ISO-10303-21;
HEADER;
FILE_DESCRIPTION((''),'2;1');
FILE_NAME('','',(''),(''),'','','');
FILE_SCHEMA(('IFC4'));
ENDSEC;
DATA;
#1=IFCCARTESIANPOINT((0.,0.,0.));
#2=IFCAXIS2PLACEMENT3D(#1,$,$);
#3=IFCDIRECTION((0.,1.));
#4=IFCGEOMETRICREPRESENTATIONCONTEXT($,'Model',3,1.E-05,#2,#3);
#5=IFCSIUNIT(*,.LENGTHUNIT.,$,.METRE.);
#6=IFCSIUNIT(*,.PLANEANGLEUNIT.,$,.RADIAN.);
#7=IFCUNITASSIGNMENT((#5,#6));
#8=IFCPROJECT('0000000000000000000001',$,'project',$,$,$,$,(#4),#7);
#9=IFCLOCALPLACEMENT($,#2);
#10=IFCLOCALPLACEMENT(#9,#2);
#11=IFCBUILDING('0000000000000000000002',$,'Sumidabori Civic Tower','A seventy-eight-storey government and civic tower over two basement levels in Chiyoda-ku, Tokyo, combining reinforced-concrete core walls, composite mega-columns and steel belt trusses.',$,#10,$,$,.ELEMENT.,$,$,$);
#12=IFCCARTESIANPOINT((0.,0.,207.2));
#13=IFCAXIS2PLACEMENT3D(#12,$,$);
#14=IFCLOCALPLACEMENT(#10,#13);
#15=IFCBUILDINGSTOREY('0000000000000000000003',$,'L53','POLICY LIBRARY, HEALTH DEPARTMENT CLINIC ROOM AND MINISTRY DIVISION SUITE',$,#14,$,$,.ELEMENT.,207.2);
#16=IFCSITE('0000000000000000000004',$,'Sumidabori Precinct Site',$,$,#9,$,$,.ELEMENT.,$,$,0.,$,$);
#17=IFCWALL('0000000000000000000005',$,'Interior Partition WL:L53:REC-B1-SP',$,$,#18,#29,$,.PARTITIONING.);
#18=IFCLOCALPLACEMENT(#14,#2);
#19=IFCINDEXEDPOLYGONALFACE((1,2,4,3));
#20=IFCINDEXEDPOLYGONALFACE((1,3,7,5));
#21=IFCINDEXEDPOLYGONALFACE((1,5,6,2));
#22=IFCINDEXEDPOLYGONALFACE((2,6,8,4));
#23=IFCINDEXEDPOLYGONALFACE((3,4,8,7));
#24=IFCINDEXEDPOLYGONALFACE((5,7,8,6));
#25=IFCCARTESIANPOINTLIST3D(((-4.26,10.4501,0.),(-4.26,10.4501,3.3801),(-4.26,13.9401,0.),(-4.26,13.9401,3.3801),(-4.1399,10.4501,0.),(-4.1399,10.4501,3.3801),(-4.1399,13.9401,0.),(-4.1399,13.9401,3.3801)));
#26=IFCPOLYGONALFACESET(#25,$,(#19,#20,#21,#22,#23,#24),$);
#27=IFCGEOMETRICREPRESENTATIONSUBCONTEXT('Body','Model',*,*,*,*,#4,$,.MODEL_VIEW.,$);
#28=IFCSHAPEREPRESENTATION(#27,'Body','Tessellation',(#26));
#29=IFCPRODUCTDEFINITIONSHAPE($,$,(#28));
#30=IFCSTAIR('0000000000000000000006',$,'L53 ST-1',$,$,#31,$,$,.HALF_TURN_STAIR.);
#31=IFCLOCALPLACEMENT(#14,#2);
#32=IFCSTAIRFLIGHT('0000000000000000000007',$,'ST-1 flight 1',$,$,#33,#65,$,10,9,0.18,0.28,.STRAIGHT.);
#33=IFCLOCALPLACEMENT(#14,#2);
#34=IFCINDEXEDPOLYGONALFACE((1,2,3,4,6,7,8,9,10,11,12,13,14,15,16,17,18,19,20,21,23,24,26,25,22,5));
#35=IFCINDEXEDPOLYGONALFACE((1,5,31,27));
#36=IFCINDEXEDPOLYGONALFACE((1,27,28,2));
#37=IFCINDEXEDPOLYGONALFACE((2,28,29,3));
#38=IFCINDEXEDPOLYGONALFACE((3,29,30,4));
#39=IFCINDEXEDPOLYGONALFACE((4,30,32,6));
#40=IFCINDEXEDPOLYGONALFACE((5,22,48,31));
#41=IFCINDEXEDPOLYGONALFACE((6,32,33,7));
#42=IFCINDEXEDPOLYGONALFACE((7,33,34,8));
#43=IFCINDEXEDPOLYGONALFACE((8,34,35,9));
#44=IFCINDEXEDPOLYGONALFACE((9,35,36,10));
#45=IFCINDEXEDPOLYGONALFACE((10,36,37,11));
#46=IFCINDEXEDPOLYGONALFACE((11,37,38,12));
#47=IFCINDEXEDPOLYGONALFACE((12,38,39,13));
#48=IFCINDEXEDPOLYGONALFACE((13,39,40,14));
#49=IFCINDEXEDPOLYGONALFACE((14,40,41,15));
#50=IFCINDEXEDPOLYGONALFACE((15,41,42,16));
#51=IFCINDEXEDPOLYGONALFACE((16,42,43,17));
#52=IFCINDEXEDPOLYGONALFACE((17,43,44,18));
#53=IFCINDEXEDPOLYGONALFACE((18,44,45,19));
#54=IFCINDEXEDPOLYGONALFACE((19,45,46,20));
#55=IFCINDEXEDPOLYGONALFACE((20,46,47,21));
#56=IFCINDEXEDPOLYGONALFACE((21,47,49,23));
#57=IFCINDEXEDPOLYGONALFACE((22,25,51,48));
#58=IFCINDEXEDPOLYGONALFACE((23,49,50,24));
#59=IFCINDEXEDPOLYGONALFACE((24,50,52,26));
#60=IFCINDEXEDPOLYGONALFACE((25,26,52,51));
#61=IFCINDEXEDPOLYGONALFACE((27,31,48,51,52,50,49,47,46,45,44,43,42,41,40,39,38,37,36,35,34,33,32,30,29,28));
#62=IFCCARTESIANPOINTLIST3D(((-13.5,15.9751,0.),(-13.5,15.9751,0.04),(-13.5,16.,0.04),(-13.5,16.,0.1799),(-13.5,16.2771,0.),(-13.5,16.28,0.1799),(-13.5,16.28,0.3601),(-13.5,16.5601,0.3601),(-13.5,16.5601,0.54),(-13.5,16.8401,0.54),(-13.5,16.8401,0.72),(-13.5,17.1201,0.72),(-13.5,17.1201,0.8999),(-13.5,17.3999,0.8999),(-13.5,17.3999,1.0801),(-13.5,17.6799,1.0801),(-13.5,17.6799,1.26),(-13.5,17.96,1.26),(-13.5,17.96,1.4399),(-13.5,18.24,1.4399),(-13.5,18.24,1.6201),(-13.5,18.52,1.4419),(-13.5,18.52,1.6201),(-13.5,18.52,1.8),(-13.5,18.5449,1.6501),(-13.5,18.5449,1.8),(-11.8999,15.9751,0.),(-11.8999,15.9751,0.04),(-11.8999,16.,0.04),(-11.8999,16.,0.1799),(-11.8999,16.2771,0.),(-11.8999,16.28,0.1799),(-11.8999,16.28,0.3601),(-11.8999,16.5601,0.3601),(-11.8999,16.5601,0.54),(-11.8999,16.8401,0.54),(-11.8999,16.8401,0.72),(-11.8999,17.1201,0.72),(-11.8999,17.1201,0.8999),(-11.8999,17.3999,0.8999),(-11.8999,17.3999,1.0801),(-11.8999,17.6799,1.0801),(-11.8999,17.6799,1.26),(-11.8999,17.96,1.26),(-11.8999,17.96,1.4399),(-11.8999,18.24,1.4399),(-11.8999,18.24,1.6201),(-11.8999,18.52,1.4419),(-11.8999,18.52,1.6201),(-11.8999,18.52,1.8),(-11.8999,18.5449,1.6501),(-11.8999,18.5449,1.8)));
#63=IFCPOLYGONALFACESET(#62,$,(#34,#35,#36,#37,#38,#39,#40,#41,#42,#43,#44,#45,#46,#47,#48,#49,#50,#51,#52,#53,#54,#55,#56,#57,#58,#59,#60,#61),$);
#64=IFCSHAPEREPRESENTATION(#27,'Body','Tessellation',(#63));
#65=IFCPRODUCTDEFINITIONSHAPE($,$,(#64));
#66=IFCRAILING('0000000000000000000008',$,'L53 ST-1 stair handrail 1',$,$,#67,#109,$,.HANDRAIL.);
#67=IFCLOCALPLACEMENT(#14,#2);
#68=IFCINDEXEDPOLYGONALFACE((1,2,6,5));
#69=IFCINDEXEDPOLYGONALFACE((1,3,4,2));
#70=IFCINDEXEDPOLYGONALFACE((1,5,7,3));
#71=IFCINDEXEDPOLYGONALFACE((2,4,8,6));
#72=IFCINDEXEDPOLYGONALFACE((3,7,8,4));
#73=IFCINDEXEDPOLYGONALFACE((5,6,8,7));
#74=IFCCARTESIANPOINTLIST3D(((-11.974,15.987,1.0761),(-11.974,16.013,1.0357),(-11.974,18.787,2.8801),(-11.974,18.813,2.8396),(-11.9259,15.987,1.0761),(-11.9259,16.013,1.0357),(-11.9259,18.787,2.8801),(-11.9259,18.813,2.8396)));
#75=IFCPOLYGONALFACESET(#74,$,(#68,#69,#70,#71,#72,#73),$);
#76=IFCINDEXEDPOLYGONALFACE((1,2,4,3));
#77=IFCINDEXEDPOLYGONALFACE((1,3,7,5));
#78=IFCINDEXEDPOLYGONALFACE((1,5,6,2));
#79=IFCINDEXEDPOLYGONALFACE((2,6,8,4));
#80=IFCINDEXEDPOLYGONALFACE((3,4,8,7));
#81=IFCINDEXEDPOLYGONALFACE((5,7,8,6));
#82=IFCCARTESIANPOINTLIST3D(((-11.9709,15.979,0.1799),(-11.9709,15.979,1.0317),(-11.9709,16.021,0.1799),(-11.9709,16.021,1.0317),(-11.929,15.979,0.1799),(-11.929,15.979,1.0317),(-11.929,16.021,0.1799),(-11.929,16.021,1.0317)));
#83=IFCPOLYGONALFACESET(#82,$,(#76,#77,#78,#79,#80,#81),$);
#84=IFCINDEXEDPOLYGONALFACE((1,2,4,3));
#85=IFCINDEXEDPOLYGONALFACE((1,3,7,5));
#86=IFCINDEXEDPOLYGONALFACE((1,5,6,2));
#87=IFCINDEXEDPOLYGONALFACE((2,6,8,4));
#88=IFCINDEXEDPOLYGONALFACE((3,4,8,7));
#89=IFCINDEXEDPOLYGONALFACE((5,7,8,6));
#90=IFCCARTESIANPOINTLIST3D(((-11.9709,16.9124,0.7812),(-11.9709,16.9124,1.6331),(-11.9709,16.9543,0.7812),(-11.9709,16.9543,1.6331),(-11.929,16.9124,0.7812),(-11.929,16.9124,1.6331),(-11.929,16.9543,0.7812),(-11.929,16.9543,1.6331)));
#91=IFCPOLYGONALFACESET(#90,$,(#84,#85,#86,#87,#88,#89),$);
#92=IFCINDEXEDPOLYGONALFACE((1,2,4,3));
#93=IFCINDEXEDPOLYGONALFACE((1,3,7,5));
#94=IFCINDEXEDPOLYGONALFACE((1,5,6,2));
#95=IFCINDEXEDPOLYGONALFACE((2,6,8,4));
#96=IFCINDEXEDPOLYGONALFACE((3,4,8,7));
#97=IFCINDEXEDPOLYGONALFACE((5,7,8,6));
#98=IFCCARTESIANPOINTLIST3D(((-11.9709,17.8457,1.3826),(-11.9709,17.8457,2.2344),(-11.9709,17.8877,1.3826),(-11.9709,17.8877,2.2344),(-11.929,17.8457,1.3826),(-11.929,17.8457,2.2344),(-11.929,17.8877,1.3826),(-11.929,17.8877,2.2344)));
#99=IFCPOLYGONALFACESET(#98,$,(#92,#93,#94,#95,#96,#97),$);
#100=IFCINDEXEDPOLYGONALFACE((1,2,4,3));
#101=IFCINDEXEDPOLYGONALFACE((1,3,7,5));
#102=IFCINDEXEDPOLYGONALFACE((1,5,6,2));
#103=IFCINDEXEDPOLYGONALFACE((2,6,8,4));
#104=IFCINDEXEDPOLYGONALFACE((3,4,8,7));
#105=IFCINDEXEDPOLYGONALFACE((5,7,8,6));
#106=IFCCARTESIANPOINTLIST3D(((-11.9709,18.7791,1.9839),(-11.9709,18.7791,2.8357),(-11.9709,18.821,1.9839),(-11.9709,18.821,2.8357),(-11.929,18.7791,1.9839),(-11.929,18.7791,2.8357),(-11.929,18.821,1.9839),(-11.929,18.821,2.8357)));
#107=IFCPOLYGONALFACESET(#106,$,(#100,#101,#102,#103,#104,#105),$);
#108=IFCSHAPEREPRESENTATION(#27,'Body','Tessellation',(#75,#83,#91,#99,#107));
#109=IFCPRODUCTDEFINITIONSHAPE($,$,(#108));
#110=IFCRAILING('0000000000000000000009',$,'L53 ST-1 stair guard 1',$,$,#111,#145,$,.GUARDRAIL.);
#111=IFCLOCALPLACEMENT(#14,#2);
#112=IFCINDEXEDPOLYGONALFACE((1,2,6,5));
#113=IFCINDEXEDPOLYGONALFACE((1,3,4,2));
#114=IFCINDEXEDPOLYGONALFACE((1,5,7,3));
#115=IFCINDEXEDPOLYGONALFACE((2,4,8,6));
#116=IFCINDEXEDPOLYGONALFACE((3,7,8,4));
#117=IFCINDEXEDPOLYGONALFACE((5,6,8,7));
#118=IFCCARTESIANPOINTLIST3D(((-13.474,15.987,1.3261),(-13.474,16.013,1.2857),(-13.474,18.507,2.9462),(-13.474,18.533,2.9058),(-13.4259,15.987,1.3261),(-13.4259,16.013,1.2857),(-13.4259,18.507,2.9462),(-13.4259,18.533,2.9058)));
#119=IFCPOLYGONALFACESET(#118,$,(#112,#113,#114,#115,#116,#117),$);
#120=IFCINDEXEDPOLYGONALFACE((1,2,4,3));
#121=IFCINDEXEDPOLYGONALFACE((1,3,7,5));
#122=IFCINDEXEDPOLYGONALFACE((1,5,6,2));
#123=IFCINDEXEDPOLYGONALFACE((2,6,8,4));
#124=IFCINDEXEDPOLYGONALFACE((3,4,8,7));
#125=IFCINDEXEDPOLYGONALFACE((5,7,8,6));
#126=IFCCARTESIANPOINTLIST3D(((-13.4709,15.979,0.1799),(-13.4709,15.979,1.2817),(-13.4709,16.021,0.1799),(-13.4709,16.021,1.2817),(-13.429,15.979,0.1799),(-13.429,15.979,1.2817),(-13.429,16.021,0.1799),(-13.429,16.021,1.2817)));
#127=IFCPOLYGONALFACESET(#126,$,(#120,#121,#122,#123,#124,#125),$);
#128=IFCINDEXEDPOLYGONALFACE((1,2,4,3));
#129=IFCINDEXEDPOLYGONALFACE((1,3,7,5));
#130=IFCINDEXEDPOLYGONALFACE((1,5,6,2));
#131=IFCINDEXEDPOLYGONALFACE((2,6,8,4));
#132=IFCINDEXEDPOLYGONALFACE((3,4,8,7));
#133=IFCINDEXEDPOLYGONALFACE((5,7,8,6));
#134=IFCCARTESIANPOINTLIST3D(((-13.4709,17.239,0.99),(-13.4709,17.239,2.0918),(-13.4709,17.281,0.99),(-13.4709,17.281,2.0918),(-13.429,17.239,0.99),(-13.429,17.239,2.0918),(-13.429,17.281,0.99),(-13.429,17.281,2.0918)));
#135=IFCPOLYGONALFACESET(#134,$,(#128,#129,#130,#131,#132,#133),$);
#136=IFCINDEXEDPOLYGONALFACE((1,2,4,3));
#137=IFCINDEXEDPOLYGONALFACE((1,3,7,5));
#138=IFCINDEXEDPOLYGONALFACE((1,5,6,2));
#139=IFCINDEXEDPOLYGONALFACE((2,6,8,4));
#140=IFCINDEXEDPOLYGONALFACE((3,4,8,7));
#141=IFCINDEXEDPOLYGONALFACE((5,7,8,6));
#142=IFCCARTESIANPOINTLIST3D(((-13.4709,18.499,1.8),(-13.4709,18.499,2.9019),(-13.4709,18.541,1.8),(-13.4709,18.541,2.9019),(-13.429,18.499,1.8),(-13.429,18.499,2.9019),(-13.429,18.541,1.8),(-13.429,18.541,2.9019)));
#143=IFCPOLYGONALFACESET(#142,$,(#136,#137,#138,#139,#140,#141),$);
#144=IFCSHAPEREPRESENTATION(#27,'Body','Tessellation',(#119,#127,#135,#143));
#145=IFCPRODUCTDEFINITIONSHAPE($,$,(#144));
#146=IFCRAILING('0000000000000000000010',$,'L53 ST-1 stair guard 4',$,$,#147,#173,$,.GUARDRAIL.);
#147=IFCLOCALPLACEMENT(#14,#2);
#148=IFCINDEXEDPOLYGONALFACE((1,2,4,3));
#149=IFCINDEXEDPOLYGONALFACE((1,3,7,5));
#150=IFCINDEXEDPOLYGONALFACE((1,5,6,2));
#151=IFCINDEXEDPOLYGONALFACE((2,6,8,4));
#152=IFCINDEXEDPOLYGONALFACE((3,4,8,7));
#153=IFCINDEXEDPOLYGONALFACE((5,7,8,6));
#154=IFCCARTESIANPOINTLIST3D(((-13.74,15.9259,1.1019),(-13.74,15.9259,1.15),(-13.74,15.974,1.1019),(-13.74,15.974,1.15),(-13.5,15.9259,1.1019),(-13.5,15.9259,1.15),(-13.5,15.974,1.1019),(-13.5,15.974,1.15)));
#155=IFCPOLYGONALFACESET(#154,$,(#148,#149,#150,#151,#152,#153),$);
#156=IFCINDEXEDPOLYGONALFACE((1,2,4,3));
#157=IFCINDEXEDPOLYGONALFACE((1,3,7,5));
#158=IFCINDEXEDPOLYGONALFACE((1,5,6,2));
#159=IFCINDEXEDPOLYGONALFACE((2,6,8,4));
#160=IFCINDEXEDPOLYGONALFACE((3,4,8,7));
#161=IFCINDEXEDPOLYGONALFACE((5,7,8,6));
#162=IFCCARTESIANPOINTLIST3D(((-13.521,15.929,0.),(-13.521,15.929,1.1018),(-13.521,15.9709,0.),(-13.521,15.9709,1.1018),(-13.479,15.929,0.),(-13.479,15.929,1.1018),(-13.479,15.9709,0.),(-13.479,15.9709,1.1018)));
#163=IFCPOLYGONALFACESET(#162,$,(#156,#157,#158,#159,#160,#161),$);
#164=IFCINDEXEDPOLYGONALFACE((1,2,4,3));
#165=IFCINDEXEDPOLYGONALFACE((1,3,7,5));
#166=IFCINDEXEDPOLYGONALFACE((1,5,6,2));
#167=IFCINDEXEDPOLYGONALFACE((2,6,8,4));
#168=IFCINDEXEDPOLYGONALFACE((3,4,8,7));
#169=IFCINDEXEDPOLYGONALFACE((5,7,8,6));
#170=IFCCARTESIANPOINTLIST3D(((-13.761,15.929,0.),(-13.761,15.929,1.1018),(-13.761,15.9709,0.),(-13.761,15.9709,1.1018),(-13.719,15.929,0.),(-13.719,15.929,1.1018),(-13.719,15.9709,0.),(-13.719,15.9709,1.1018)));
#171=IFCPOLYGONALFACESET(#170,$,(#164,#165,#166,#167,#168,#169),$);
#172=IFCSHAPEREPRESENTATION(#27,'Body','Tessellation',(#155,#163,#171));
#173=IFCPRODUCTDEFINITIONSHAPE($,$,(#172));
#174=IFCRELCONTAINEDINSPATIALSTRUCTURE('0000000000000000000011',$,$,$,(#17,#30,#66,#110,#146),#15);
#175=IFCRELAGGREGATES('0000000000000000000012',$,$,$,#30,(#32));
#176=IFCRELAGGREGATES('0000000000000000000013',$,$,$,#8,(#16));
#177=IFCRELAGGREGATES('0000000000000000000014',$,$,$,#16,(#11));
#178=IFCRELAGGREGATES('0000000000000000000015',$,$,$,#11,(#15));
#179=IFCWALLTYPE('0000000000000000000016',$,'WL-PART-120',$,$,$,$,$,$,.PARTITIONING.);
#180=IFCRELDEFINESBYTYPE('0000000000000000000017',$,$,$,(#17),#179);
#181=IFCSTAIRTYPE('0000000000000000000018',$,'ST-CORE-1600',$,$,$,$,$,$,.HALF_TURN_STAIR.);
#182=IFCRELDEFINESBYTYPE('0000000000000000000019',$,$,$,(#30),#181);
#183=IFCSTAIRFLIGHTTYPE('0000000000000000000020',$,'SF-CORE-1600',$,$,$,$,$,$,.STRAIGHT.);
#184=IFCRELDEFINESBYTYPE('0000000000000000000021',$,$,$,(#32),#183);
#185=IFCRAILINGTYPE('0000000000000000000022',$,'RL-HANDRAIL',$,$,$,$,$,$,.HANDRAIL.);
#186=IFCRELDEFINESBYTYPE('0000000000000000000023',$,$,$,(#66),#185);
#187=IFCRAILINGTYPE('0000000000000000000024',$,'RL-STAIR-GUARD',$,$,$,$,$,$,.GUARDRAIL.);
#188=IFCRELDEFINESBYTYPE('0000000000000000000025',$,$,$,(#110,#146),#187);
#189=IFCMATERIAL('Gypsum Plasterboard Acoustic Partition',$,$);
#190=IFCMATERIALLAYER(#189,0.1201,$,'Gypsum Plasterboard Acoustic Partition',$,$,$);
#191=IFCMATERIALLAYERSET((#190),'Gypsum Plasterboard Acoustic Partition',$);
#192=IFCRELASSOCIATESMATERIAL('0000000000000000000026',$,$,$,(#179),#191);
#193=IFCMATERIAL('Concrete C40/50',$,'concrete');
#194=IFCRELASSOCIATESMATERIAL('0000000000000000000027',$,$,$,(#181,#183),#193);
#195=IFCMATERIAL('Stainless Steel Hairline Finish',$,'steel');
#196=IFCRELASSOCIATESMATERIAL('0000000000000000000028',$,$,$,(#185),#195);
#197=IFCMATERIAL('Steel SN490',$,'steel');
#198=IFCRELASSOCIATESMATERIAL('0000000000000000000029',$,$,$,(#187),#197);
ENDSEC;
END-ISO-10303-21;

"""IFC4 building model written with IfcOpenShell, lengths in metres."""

from ifc_helpers import new_model, si_unit, direction, frame, frame_2d, origin, origin_2d, place, context, subcontext, project, spatial, polyline, rectangle, outline, extrude, source, transform, mapped, material, layer, layer_set, type_object, element, aggregate, save


model = new_model("IFC4")

# Units and contexts
model_context = context("Model", 3, precision=1e-05, world=origin(), true_north=direction((0.0, 1.0)))
body_context = subcontext(model_context, "Body", "Model", "MODEL_VIEW")
ifc_project = project(units=[si_unit("LENGTHUNIT", "METRE"), si_unit("PLANEANGLEUNIT", "RADIAN")], contexts=[model_context])

# Site, building, storey
site_placement = place(None, origin())
site = spatial("IfcSite", under=ifc_project, at=site_placement, Name="Sumidabori Precinct Site", CompositionType="ELEMENT", RefElevation=0.0)
building_placement = place(site_placement, origin())
building = spatial("IfcBuilding", under=site, at=building_placement, Name="Sumidabori Civic Tower", Description="A seventy-eight-storey government and civic tower over two basement levels in Chiyoda-ku, Tokyo, combining reinforced-concrete core walls, composite mega-columns and steel belt trusses.", CompositionType="ELEMENT")
storey_placement = place(building_placement, frame((0.0, 0.0, 207.2)))
storey = spatial("IfcBuildingStorey", under=building, at=storey_placement, Name="L53", Description="POLICY LIBRARY, HEALTH DEPARTMENT CLINIC ROOM AND MINISTRY DIVISION SUITE", CompositionType="ELEMENT", Elevation=207.2)

# Shared definitions
ifc_material_1 = material(Name="Stainless Steel Hairline Finish", Category="steel")

# Shared definitions
ifc_material_2 = material(Name="Steel SN490", Category="steel")

# Wall
ifc_material_3 = material(Name="Gypsum Plasterboard Acoustic Partition")
ifc_layer_1 = layer(ifc_material_3, 0.1201, Name="Gypsum Plasterboard Acoustic Partition")
ifc_layer_set_1 = layer_set([ifc_layer_1], Name="Gypsum Plasterboard Acoustic Partition")
wall_type_1 = type_object("IfcWallType", Name="WL-PART-120", PredefinedType="PARTITIONING", material=ifc_layer_set_1)
shared_shape_1 = source(origin(), body_context, "Body", "SweptSolid", [
    extrude(rectangle(XDim=3.49, YDim=0.1201, at=frame_2d((1.7451, 0.0))), origin(), (0.0, 0.0, 1.0), 3.3801),
])
wall_1_placement = place(storey_placement, frame((-4.2, 10.45, 0.0), z_axis=(0.0, 0.0, 1.0), x_axis=(0.0, 1.0, 0.0)))
element("IfcWall", 1, at=wall_1_placement, inside=storey, type_object=wall_type_1, Name="Interior Partition WL:L53:REC-B1-SP", PredefinedType="PARTITIONING", context=body_context, shape_type="MappedRepresentation", body=[
    mapped(shared_shape_1, transform((0.0, 0.0, 0.0), x_axis=(1.0, 0.0, 0.0), y_axis=(0.0, 1.0, 0.0), z_axis=(0.0, 0.0, 1.0), scale=1.0)),
])

# Stair, stair flight
ifc_material_4 = material(Name="Concrete C40/50", Category="concrete")
stair_type = type_object("IfcStairType", Name="ST-CORE-1600", PredefinedType="HALF_TURN_STAIR", material=ifc_material_4)
stair_placement = place(storey_placement, origin())
stair = element("IfcStair", 2, at=stair_placement, inside=storey, type_object=stair_type, Name="L53 ST-1", PredefinedType="HALF_TURN_STAIR")
stair_flight_type = type_object("IfcStairFlightType", Name="SF-CORE-1600", PredefinedType="STRAIGHT", material=ifc_material_4)
shared_shape_2 = source(origin(), body_context, "Body", "SweptSolid", [
    extrude(outline(polyline([(-0.0249, 0.0), (-0.0249, 0.04), (0.0, 0.04), (0.0, 0.1799), (0.28, 0.1799), (0.28, 0.3601), (0.5601, 0.3601), (0.5601, 0.54), (0.8401, 0.54), (0.8401, 0.72), (1.1201, 0.72), (1.1201, 0.8999), (1.3999, 0.8999), (1.3999, 1.0801), (1.6799, 1.0801), (1.6799, 1.26), (1.96, 1.26), (1.96, 1.4399), (2.24, 1.4399), (2.24, 1.6201), (2.52, 1.6201), (2.52, 1.8), (2.5449, 1.8), (2.5449, 1.6501), (2.52, 1.4419), (0.2771, 0.0), (-0.0249, 0.0)])), frame((0.0, 0.8, 0.0), z_axis=(0.0, -1.0, 0.0), x_axis=(1.0, 0.0, 0.0)), (0.0, 0.0, 1.0), 1.6001),
])
stair_flight_placement = place(storey_placement, frame((-12.7, 16.0, 0.0), z_axis=(0.0, 0.0, 1.0), x_axis=(0.0, 1.0, 0.0)))
stair_flight = element("IfcStairFlight", 3, at=stair_flight_placement, type_object=stair_flight_type, Name="ST-1 flight 1", NumberOfRisers=10, NumberOfTreads=9, PredefinedType="STRAIGHT", RiserHeight=0.18, TreadLength=0.28, context=body_context, shape_type="MappedRepresentation", body=[
    mapped(shared_shape_2, transform((0.0, 0.0, 0.0), x_axis=(1.0, 0.0, 0.0), y_axis=(0.0, 1.0, 0.0), z_axis=(0.0, 0.0, 1.0), scale=1.0)),
])
aggregate(stair, [stair_flight])

# Railings
railing_type_1 = type_object("IfcRailingType", Name="RL-HANDRAIL", PredefinedType="HANDRAIL", material=ifc_material_1)
railing_1_placement = place(storey_placement, frame((-11.95, 16.0, 0.1799)))
element("IfcRailing", 4, at=railing_1_placement, inside=storey, type_object=railing_type_1, Name="L53 ST-1 stair handrail 1", PredefinedType="HANDRAIL", context=body_context, shape_type="SweptSolid", body=[
    extrude(rectangle(XDim=0.0481, YDim=0.0481, at=origin_2d()), frame((0.0, 0.0, 0.876), z_axis=(0.0, 0.840642, 0.541591), x_axis=(-1.0, 0.0, 0.0)), (0.0, 0.0, 1.0), 3.3308),
    extrude(rectangle(XDim=0.042, YDim=0.042, at=origin_2d()), origin(), (0.0, 0.0, 1.0), 0.8518),
    extrude(rectangle(XDim=0.042, YDim=0.042, at=origin_2d()), frame((0.0, 0.9333, 0.6013)), (0.0, 0.0, 1.0), 0.8518),
    extrude(rectangle(XDim=0.042, YDim=0.042, at=origin_2d()), frame((0.0, 1.8667, 1.2026)), (0.0, 0.0, 1.0), 0.8518),
    extrude(rectangle(XDim=0.042, YDim=0.042, at=origin_2d()), frame((0.0, 2.8, 1.804)), (0.0, 0.0, 1.0), 0.8518),
])
railing_type_2 = type_object("IfcRailingType", Name="RL-STAIR-GUARD", PredefinedType="GUARDRAIL", material=ifc_material_2)
railing_2_placement = place(storey_placement, frame((-13.45, 16.0, 0.1799)))
element("IfcRailing", 5, at=railing_2_placement, inside=storey, type_object=railing_type_2, Name="L53 ST-1 stair guard 1", PredefinedType="GUARDRAIL", context=body_context, shape_type="SweptSolid", body=[
    extrude(rectangle(XDim=0.0481, YDim=0.0481, at=origin_2d()), frame((0.0, 0.0, 1.126), z_axis=(0.0, 0.841163, 0.540782), x_axis=(-1.0, 0.0, 0.0)), (0.0, 0.0, 1.0), 2.9958),
    extrude(rectangle(XDim=0.042, YDim=0.042, at=origin_2d()), origin(), (0.0, 0.0, 1.0), 1.1018),
    extrude(rectangle(XDim=0.042, YDim=0.042, at=origin_2d()), frame((0.0, 1.26, 0.8101)), (0.0, 0.0, 1.0), 1.1018),
    extrude(rectangle(XDim=0.042, YDim=0.042, at=origin_2d()), frame((0.0, 2.52, 1.6201)), (0.0, 0.0, 1.0), 1.1018),
])
railing_3_placement = place(storey_placement, frame((-13.5, 15.95, 0.0)))
element("IfcRailing", 6, at=railing_3_placement, inside=storey, type_object=railing_type_2, Name="L53 ST-1 stair guard 4", PredefinedType="GUARDRAIL", context=body_context, shape_type="SweptSolid", body=[
    extrude(rectangle(XDim=0.0481, YDim=0.0481, at=origin_2d()), frame((0.0, 0.0, 1.126), z_axis=(-1.0, 0.0, 0.0), x_axis=(0.0, -1.0, 0.0)), (0.0, 0.0, 1.0), 0.24),
    extrude(rectangle(XDim=0.042, YDim=0.042, at=origin_2d()), origin(), (0.0, 0.0, 1.0), 1.1018),
    extrude(rectangle(XDim=0.042, YDim=0.042, at=origin_2d()), frame((-0.24, 0.0, 0.0)), (0.0, 0.0, 1.0), 1.1018),
])

save(model, "model.ifc")
